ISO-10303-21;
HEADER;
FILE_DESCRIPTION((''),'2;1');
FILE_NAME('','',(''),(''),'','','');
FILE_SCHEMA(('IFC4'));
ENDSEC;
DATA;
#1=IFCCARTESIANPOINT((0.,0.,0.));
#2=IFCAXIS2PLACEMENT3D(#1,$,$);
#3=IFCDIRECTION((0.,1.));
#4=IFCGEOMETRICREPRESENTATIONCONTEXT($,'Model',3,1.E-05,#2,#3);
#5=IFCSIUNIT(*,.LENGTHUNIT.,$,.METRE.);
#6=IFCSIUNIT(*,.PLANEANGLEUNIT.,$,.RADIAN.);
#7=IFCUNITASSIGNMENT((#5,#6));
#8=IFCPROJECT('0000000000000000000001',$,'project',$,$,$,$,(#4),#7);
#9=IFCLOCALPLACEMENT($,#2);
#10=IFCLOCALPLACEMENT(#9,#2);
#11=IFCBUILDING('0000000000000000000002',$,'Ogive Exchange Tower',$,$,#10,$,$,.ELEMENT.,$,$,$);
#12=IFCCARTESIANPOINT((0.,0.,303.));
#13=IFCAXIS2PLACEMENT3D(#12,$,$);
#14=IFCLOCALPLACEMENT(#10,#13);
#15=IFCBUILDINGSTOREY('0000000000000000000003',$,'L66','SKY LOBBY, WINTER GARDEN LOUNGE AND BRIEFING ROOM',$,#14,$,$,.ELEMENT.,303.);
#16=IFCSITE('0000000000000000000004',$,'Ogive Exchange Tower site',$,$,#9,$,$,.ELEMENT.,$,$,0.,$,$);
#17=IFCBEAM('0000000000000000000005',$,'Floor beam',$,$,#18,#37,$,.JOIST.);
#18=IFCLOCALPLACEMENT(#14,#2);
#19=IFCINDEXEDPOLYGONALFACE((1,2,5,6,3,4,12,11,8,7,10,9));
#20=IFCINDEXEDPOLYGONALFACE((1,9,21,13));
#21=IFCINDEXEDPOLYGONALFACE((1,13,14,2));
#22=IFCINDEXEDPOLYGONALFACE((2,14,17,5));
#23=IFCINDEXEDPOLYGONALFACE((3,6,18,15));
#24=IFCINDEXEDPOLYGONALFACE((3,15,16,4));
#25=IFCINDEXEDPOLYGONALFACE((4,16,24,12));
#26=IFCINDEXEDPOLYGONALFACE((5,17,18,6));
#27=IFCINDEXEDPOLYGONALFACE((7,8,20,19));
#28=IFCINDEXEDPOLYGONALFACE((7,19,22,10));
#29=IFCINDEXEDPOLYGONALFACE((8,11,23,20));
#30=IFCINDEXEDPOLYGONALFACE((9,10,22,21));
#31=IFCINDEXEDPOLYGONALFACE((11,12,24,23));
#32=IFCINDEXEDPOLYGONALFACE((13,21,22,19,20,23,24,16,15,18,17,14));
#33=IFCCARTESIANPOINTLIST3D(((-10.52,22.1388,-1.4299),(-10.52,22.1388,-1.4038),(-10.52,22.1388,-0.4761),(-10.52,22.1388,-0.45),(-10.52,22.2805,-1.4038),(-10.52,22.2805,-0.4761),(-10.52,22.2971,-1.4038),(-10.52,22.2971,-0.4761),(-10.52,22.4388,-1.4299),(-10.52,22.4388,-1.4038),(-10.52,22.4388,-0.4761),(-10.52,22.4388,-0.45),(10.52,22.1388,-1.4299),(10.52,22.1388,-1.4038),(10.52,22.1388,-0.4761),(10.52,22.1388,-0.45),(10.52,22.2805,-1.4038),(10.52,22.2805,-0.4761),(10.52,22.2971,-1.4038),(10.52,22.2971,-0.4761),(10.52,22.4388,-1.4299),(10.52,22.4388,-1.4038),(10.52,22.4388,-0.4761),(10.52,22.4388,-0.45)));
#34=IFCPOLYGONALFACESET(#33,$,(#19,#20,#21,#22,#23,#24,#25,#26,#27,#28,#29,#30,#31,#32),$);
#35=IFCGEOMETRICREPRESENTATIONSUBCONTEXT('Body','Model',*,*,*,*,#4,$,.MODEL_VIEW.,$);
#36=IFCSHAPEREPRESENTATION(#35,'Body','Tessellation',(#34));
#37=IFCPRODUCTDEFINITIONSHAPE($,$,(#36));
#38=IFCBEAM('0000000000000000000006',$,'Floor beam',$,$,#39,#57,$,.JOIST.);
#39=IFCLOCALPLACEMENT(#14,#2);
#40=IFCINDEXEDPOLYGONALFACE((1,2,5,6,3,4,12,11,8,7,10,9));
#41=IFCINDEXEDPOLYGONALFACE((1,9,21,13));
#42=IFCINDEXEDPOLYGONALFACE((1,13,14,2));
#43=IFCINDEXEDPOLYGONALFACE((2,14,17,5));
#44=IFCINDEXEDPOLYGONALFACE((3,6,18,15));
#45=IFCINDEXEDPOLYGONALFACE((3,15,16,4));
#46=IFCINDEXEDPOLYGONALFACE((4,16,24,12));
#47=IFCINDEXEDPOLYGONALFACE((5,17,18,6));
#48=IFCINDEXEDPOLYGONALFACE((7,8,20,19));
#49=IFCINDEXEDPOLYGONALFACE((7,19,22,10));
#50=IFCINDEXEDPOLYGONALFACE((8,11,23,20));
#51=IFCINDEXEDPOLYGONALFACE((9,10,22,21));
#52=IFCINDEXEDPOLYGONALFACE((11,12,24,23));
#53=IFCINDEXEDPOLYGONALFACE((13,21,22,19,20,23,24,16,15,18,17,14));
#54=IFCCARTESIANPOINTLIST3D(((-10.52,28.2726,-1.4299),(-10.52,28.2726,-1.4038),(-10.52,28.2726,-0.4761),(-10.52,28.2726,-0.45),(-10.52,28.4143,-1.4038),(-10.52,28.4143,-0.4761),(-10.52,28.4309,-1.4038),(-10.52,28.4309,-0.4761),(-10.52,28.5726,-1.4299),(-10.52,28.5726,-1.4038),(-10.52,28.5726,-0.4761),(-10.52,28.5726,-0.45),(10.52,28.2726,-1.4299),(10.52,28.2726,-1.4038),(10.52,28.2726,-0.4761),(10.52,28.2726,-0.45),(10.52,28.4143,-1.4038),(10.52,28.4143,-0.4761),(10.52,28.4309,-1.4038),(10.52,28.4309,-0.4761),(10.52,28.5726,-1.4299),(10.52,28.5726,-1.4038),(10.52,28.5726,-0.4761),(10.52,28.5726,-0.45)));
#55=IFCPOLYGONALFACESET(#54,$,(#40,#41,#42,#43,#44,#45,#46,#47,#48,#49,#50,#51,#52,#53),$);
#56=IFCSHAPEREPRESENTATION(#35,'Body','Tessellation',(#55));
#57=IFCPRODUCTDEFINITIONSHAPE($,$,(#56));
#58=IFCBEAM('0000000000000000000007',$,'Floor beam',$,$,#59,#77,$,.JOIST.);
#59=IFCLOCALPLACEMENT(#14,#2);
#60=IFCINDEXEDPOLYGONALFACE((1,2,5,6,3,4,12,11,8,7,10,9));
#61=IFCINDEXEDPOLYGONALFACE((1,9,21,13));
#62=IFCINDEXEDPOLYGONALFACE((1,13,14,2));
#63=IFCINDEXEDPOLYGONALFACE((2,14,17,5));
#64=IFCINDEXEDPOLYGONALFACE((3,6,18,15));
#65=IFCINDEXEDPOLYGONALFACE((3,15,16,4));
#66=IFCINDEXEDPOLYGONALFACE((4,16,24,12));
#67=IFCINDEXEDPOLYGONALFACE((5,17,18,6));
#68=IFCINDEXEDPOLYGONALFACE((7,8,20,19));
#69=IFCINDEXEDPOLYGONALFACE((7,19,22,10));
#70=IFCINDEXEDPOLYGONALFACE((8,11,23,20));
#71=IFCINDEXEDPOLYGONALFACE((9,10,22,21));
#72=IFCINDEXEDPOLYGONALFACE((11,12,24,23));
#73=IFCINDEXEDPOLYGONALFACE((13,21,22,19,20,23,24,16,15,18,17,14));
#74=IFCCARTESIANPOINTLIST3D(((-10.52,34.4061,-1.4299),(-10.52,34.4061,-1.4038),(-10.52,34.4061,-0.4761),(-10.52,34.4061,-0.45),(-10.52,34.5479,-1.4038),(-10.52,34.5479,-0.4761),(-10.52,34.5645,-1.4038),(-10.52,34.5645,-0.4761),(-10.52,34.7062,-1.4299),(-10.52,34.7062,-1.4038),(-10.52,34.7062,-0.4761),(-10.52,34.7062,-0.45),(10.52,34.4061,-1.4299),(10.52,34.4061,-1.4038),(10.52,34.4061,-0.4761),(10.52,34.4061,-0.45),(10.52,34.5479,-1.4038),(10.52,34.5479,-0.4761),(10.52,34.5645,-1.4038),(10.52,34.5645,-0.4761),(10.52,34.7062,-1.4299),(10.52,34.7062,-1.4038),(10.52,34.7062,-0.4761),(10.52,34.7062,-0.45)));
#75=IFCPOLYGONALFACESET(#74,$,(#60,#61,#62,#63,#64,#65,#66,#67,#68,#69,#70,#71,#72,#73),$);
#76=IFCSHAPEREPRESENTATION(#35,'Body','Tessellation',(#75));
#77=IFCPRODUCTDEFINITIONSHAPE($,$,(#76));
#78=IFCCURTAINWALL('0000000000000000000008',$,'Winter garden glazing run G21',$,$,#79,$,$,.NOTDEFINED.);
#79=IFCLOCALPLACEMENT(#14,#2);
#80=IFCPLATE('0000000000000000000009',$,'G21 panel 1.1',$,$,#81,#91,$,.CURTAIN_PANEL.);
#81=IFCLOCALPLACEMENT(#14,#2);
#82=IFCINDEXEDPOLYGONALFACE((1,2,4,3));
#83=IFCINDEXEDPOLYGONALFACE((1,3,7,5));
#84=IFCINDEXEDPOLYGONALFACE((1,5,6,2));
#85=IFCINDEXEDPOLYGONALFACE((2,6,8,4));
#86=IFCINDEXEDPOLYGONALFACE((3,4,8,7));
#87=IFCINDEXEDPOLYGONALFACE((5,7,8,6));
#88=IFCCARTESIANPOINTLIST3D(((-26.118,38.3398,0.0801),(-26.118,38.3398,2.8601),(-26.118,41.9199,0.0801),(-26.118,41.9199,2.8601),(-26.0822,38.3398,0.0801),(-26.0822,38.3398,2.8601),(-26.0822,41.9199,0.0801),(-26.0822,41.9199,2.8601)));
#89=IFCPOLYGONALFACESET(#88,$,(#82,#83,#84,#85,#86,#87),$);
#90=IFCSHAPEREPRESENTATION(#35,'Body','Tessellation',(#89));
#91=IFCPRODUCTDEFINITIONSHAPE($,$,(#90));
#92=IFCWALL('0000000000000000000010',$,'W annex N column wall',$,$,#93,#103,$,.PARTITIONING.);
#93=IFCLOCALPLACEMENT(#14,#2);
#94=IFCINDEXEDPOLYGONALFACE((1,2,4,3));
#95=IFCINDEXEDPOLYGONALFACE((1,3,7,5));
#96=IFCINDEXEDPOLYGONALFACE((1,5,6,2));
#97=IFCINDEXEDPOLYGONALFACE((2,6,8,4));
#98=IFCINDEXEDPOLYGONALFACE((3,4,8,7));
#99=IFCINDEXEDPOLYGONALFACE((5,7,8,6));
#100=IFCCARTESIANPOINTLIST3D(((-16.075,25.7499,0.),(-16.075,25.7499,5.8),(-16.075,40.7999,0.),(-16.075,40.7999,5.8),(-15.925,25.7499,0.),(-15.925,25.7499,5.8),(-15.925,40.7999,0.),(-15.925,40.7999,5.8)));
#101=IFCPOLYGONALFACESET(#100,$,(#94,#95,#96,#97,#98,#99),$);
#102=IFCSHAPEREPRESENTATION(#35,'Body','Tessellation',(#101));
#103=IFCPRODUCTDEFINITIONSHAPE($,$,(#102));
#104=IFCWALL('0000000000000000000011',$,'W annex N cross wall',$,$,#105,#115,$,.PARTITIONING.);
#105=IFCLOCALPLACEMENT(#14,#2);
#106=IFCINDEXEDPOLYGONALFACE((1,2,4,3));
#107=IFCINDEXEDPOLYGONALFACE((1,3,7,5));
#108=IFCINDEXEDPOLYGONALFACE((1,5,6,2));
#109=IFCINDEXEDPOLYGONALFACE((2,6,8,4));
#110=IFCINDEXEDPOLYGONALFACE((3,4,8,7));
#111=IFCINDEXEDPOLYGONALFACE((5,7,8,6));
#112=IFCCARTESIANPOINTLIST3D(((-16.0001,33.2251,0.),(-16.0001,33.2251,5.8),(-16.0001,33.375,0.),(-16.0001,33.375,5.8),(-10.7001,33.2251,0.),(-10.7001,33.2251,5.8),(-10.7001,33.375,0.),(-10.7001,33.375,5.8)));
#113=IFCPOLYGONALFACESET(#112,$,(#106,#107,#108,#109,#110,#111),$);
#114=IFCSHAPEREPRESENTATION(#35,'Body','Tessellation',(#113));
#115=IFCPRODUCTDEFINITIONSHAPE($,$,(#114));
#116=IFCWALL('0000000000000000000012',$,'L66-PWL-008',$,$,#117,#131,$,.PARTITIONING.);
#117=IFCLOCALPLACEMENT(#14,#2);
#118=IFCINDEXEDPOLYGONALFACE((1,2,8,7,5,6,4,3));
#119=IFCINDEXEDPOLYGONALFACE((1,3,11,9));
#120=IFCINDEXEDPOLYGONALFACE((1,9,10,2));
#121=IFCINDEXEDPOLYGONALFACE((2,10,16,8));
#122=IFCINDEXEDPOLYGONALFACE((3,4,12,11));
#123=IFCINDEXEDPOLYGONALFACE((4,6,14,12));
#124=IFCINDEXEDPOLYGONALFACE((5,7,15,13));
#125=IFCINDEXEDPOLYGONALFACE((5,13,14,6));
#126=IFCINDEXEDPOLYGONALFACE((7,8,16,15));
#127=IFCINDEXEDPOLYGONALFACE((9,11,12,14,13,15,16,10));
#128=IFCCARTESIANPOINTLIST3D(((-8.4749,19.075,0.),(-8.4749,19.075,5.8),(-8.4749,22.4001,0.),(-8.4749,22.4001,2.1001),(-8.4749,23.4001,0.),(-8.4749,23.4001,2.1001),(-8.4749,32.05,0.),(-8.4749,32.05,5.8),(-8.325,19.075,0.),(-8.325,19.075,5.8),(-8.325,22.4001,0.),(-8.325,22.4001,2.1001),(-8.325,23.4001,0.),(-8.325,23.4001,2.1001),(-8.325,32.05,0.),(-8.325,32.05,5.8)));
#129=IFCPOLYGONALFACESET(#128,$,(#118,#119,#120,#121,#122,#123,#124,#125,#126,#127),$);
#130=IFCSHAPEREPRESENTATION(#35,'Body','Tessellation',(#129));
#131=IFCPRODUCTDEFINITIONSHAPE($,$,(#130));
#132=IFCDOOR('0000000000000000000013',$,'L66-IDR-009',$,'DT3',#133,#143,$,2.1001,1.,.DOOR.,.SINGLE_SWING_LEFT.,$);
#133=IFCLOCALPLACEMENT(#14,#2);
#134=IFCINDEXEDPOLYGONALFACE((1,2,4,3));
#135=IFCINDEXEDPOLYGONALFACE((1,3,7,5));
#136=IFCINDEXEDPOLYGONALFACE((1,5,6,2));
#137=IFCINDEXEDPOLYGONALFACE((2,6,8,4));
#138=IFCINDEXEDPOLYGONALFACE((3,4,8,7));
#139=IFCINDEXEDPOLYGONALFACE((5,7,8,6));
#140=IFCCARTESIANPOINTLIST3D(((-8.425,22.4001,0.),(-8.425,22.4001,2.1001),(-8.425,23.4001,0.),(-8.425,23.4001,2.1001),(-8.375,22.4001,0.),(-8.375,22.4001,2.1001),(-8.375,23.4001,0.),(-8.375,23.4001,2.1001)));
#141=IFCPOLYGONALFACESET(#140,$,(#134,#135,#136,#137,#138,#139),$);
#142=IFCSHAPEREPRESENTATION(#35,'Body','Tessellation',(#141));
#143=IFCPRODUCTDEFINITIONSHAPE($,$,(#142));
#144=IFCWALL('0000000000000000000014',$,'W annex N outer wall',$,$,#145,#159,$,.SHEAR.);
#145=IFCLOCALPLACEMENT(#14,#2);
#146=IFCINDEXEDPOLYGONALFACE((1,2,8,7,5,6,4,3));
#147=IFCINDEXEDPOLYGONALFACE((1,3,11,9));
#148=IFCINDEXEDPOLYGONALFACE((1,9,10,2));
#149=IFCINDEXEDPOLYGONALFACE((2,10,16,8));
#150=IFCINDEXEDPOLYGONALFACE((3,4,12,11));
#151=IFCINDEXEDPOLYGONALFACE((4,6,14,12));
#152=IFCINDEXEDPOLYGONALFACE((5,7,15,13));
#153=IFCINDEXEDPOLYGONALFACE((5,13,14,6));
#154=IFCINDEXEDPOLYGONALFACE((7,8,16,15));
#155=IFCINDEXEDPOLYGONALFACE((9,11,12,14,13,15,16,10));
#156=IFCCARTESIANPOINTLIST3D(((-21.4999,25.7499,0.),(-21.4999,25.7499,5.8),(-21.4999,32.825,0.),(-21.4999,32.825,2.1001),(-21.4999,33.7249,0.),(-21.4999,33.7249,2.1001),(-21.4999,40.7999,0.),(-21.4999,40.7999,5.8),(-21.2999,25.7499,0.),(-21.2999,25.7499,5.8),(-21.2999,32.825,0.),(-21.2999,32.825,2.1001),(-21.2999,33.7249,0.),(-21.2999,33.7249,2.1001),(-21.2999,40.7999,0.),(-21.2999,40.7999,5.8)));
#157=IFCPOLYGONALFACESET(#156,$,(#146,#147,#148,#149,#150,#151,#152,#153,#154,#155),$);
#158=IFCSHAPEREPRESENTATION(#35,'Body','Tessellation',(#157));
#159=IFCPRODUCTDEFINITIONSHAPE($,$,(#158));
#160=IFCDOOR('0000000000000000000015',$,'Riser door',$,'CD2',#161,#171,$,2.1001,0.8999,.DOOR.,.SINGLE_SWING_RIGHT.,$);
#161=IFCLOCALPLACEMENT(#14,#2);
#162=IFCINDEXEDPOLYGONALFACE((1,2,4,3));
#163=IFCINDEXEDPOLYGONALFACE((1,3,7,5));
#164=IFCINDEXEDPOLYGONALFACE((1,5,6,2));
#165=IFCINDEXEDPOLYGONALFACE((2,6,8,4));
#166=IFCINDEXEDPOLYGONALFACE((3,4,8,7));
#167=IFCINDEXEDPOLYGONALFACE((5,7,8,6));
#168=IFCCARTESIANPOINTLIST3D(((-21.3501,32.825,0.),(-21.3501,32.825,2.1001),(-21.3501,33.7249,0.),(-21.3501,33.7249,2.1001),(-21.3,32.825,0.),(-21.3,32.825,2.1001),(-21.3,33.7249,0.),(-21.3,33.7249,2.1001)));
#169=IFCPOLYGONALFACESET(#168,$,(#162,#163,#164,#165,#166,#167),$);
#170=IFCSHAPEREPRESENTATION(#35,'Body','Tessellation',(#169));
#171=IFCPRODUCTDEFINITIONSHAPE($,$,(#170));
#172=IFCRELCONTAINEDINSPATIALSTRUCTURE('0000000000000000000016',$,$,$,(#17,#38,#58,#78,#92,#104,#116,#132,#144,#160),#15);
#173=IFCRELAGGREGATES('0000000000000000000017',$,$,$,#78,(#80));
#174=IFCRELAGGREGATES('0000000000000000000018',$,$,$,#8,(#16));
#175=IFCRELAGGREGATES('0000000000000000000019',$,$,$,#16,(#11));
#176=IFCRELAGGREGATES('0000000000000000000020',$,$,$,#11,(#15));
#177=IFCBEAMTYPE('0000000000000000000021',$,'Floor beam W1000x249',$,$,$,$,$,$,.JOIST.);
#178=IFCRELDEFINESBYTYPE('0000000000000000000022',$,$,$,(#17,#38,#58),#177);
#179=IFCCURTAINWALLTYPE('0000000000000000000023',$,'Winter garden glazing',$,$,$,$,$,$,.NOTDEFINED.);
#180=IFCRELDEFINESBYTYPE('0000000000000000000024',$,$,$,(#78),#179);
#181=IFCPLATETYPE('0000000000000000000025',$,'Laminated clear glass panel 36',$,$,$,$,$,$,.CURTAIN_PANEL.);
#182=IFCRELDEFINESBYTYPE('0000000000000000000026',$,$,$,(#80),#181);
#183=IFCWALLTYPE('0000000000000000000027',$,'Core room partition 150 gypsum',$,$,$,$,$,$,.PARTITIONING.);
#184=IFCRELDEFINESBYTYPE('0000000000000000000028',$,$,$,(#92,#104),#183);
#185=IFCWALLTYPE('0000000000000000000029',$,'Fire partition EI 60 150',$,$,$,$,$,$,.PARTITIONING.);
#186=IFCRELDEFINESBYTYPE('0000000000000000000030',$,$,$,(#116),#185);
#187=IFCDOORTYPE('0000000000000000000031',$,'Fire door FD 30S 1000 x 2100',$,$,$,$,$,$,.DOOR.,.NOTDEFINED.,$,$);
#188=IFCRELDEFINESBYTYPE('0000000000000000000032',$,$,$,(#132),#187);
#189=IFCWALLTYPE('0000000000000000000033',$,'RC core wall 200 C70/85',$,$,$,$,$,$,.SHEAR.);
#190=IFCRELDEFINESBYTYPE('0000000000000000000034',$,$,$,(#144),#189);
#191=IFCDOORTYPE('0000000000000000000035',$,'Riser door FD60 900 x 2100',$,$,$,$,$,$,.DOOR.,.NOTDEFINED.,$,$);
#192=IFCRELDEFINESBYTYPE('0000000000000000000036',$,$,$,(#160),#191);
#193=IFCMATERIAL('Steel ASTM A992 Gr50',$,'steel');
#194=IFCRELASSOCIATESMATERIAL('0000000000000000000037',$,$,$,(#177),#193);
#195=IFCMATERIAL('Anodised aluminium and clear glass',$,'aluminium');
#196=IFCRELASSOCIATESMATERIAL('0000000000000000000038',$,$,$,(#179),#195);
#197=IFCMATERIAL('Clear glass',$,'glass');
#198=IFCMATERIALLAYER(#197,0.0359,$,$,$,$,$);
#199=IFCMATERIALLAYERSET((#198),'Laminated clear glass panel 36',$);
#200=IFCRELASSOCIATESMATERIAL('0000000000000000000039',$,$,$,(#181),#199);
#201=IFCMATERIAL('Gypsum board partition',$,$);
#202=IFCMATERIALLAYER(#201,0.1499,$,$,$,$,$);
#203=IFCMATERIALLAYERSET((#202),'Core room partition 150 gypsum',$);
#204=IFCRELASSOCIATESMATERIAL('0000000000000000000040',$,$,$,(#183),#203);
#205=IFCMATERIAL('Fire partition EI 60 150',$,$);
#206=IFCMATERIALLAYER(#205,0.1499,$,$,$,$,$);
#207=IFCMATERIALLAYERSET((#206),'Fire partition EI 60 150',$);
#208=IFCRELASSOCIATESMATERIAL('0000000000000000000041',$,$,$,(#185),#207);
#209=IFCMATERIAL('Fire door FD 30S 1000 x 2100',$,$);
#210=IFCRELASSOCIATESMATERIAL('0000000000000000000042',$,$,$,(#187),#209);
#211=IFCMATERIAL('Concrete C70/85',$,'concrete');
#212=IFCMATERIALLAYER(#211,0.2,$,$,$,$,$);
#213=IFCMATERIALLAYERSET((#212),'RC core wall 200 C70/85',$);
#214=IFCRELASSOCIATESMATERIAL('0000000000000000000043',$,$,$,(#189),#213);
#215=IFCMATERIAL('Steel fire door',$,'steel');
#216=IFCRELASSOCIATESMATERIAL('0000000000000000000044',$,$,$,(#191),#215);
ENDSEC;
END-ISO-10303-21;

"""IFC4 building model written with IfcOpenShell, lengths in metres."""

from ifc_helpers import new_model, si_unit, direction, frame, frame_2d, origin, origin_2d, place, context, subcontext, project, spatial, rectangle, i_section, extrude, material, layer, layer_set, material_profile, profile_set, type_object, element, fill, aggregate, save


model = new_model("IFC4")

# Units and contexts
model_context = context("Model", 3, precision=1e-05, world=origin(), true_north=direction((0.0, 1.0)))
body_context = subcontext(model_context, "Body", "Model", "MODEL_VIEW")
ifc_project = project(units=[si_unit("LENGTHUNIT", "METRE"), si_unit("PLANEANGLEUNIT", "RADIAN")], contexts=[model_context])

# Site, building, storey
site_placement = place(None, origin())
site = spatial("IfcSite", under=ifc_project, at=site_placement, Name="Ogive Exchange Tower site", CompositionType="ELEMENT", RefElevation=0.0)
building_placement = place(site_placement, origin())
building = spatial("IfcBuilding", under=site, at=building_placement, Name="Ogive Exchange Tower", CompositionType="ELEMENT")
storey_placement = place(building_placement, frame((0.0, 0.0, 303.0)))
storey = spatial("IfcBuildingStorey", under=building, at=storey_placement, Name="L66", Description="SKY LOBBY, WINTER GARDEN LOUNGE AND BRIEFING ROOM", CompositionType="ELEMENT", Elevation=303.0)

# Beams
ifc_material_1 = material(Name="Steel ASTM A992 Gr50", Category="steel")
ifc_material_profile = material_profile(ifc_material_1, i_section(OverallWidth=0.3, OverallDepth=0.98, WebThickness=0.0166, FlangeThickness=0.0261, at=origin_2d()), Name="W1000x249")
ifc_profile_set = profile_set([ifc_material_profile], Name="Steel ASTM A992 Gr50")
beam_type = type_object("IfcBeamType", Name="Floor beam W1000x249", PredefinedType="JOIST", material=ifc_profile_set)
for number, where, z_axis, x_axis, name in (
    (1, (-10.52, 22.2888, -0.9399), (1.0, 0.0, 0.0), (0.0, 1.0, 0.0), "Floor beam"),
    (2, (-10.52, 28.4226, -0.9399), (1.0, 0.0, 0.0), (0.0, 1.0, 0.0), "Floor beam"),
    (3, (-10.52, 34.5562, -0.9399), (1.0, 0.0, 0.0), (0.0, 1.0, 0.0), "Floor beam"),
):
    element("IfcBeam", number, at=place(storey_placement, frame(where, z_axis=z_axis, x_axis=x_axis)), inside=storey, type_object=beam_type, Name=name, PredefinedType="JOIST", context=body_context, shape_type="SweptSolid", body=[
        extrude(i_section(OverallWidth=0.3, OverallDepth=0.98, WebThickness=0.0166, FlangeThickness=0.0261, at=origin_2d()), origin(), (0.0, 0.0, 1.0), 21.04),
    ])

# Curtain wall, plate
ifc_material_2 = material(Name="Anodised aluminium and clear glass", Category="aluminium")
curtain_wall_type = type_object("IfcCurtainWallType", Name="Winter garden glazing", PredefinedType="NOTDEFINED", material=ifc_material_2)
curtain_wall_placement = place(storey_placement, origin())
curtain_wall = element("IfcCurtainWall", 4, at=curtain_wall_placement, inside=storey, type_object=curtain_wall_type, Name="Winter garden glazing run G21", PredefinedType="NOTDEFINED")
ifc_material_3 = material(Name="Clear glass", Category="glass")
ifc_layer_1 = layer(ifc_material_3, 0.0359)
ifc_layer_set_1 = layer_set([ifc_layer_1], Name="Laminated clear glass panel 36")
plate_type = type_object("IfcPlateType", Name="Laminated clear glass panel 36", PredefinedType="CURTAIN_PANEL", material=ifc_layer_set_1)
plate_placement = place(storey_placement, frame((-26.1001, 40.1299, 0.0801), z_axis=(0.0, 0.0, 1.0), x_axis=(0.0, -1.0, 0.0)))
plate = element("IfcPlate", 5, at=plate_placement, type_object=plate_type, Name="G21 panel 1.1", PredefinedType="CURTAIN_PANEL", context=body_context, shape_type="SweptSolid", body=[
    extrude(rectangle(XDim=3.5801, YDim=0.0359, at=origin_2d()), origin(), (0.0, 0.0, 1.0), 2.78),
])
aggregate(curtain_wall, [plate])

# Walls
ifc_material_4 = material(Name="Gypsum board partition")
ifc_layer_2 = layer(ifc_material_4, 0.1499)
ifc_layer_set_2 = layer_set([ifc_layer_2], Name="Core room partition 150 gypsum")
wall_type_1 = type_object("IfcWallType", Name="Core room partition 150 gypsum", PredefinedType="PARTITIONING", material=ifc_layer_set_2)
wall_1_placement = place(storey_placement, frame((-16.0, 25.75, 0.0), z_axis=(0.0, 0.0, 1.0), x_axis=(0.0, 1.0, 0.0)))
element("IfcWall", 6, at=wall_1_placement, inside=storey, type_object=wall_type_1, Name="W annex N column wall", PredefinedType="PARTITIONING", context=body_context, shape_type="SweptSolid", body=[
    extrude(rectangle(XDim=15.05, YDim=0.1499, at=frame_2d((7.5249, 0.0))), origin(), (0.0, 0.0, 1.0), 5.8),
])
wall_2_placement = place(storey_placement, frame((-16.0, 33.3, 0.0), z_axis=(0.0, 0.0, 1.0), x_axis=(1.0, 0.0, 0.0)))
element("IfcWall", 7, at=wall_2_placement, inside=storey, type_object=wall_type_1, Name="W annex N cross wall", PredefinedType="PARTITIONING", context=body_context, shape_type="SweptSolid", body=[
    extrude(rectangle(XDim=5.3, YDim=0.1499, at=frame_2d((2.6499, 0.0))), origin(), (0.0, 0.0, 1.0), 5.8),
])

# Walls, openings, doors
ifc_material_5 = material(Name="Fire partition EI 60 150")
ifc_layer_3 = layer(ifc_material_5, 0.1499)
ifc_layer_set_3 = layer_set([ifc_layer_3], Name="Fire partition EI 60 150")
wall_type_2 = type_object("IfcWallType", Name="Fire partition EI 60 150", PredefinedType="PARTITIONING", material=ifc_layer_set_3)
wall_3_placement = place(storey_placement, frame((-8.3999, 32.05, 0.0), z_axis=(0.0, 0.0, 1.0), x_axis=(0.0, -1.0, 0.0)))
wall_3 = element("IfcWall", 8, at=wall_3_placement, inside=storey, type_object=wall_type_2, Name="L66-PWL-008", PredefinedType="PARTITIONING", context=body_context, shape_type="SweptSolid", body=[
    extrude(rectangle(XDim=12.9751, YDim=0.1499, at=frame_2d((6.4875, 0.0))), origin(), (0.0, 0.0, 1.0), 5.8),
])
opening_1_placement = place(wall_3_placement, frame((8.6499, 0.0, 0.0)))
opening_1 = element("IfcOpeningElement", 9, at=opening_1_placement, cuts=wall_3, PredefinedType="OPENING", context=body_context, shape_type="SweptSolid", body=[
    extrude(rectangle(XDim=1.0, YDim=2.1001, at=frame_2d((0.5, 1.05))), frame((0.0, 0.085, 0.0), z_axis=(0.0, -1.0, 0.0), x_axis=(1.0, 0.0, 0.0)), (0.0, 0.0, 1.0), 0.1699),
])
ifc_material_6 = material(Name="Fire door FD 30S 1000 x 2100")
door_type_1 = type_object("IfcDoorType", Name="Fire door FD 30S 1000 x 2100", OperationType="NOTDEFINED", PredefinedType="DOOR", material=ifc_material_6)
door_1_placement = place(opening_1_placement, origin())
door_1 = element("IfcDoor", 10, at=door_1_placement, inside=storey, type_object=door_type_1, Name="L66-IDR-009", ObjectType="DT3", OperationType="SINGLE_SWING_LEFT", OverallHeight=2.1001, OverallWidth=1.0, PredefinedType="DOOR", context=body_context, shape_type="SweptSolid", body=[
    extrude(rectangle(XDim=1.0, YDim=2.1001, at=frame_2d((0.5, 1.05))), frame((0.0, 0.0249, 0.0), z_axis=(0.0, -1.0, 0.0), x_axis=(1.0, 0.0, 0.0)), (0.0, 0.0, 1.0), 0.05),
])
fill(opening_1, door_1)
ifc_material_7 = material(Name="Concrete C70/85", Category="concrete")
ifc_layer_4 = layer(ifc_material_7, 0.2)
ifc_layer_set_4 = layer_set([ifc_layer_4], Name="RC core wall 200 C70/85")
wall_type_3 = type_object("IfcWallType", Name="RC core wall 200 C70/85", PredefinedType="SHEAR", material=ifc_layer_set_4)
wall_4_placement = place(storey_placement, frame((-21.3999, 25.75, 0.0), z_axis=(0.0, 0.0, 1.0), x_axis=(0.0, 1.0, 0.0)))
wall_4 = element("IfcWall", 11, at=wall_4_placement, inside=storey, type_object=wall_type_3, Name="W annex N outer wall", PredefinedType="SHEAR", context=body_context, shape_type="SweptSolid", body=[
    extrude(rectangle(XDim=15.05, YDim=0.2, at=frame_2d((7.5249, 0.0))), origin(), (0.0, 0.0, 1.0), 5.8),
])
opening_2_placement = place(wall_4_placement, frame((7.075, 0.0, 0.0)))
opening_2 = element("IfcOpeningElement", 12, at=opening_2_placement, cuts=wall_4, PredefinedType="OPENING", context=body_context, shape_type="SweptSolid", body=[
    extrude(rectangle(XDim=0.8999, YDim=2.1001, at=frame_2d((0.45, 1.05))), frame((0.0, 0.1099, 0.0), z_axis=(0.0, -1.0, 0.0), x_axis=(1.0, 0.0, 0.0)), (0.0, 0.0, 1.0), 0.22),
])
ifc_material_8 = material(Name="Steel fire door", Category="steel")
door_type_2 = type_object("IfcDoorType", Name="Riser door FD60 900 x 2100", OperationType="NOTDEFINED", PredefinedType="DOOR", material=ifc_material_8)
door_2_placement = place(opening_2_placement, origin())
door_2 = element("IfcDoor", 13, at=door_2_placement, inside=storey, type_object=door_type_2, Name="Riser door", ObjectType="CD2", OperationType="SINGLE_SWING_RIGHT", OverallHeight=2.1001, OverallWidth=0.8999, PredefinedType="DOOR", context=body_context, shape_type="SweptSolid", body=[
    extrude(rectangle(XDim=0.8999, YDim=2.1001, at=frame_2d((0.45, 1.05))), frame((0.0, -0.0498, 0.0), z_axis=(0.0, -1.0, 0.0), x_axis=(1.0, 0.0, 0.0)), (0.0, 0.0, 1.0), 0.05),
])
fill(opening_2, door_2)

save(model, "model.ifc")
